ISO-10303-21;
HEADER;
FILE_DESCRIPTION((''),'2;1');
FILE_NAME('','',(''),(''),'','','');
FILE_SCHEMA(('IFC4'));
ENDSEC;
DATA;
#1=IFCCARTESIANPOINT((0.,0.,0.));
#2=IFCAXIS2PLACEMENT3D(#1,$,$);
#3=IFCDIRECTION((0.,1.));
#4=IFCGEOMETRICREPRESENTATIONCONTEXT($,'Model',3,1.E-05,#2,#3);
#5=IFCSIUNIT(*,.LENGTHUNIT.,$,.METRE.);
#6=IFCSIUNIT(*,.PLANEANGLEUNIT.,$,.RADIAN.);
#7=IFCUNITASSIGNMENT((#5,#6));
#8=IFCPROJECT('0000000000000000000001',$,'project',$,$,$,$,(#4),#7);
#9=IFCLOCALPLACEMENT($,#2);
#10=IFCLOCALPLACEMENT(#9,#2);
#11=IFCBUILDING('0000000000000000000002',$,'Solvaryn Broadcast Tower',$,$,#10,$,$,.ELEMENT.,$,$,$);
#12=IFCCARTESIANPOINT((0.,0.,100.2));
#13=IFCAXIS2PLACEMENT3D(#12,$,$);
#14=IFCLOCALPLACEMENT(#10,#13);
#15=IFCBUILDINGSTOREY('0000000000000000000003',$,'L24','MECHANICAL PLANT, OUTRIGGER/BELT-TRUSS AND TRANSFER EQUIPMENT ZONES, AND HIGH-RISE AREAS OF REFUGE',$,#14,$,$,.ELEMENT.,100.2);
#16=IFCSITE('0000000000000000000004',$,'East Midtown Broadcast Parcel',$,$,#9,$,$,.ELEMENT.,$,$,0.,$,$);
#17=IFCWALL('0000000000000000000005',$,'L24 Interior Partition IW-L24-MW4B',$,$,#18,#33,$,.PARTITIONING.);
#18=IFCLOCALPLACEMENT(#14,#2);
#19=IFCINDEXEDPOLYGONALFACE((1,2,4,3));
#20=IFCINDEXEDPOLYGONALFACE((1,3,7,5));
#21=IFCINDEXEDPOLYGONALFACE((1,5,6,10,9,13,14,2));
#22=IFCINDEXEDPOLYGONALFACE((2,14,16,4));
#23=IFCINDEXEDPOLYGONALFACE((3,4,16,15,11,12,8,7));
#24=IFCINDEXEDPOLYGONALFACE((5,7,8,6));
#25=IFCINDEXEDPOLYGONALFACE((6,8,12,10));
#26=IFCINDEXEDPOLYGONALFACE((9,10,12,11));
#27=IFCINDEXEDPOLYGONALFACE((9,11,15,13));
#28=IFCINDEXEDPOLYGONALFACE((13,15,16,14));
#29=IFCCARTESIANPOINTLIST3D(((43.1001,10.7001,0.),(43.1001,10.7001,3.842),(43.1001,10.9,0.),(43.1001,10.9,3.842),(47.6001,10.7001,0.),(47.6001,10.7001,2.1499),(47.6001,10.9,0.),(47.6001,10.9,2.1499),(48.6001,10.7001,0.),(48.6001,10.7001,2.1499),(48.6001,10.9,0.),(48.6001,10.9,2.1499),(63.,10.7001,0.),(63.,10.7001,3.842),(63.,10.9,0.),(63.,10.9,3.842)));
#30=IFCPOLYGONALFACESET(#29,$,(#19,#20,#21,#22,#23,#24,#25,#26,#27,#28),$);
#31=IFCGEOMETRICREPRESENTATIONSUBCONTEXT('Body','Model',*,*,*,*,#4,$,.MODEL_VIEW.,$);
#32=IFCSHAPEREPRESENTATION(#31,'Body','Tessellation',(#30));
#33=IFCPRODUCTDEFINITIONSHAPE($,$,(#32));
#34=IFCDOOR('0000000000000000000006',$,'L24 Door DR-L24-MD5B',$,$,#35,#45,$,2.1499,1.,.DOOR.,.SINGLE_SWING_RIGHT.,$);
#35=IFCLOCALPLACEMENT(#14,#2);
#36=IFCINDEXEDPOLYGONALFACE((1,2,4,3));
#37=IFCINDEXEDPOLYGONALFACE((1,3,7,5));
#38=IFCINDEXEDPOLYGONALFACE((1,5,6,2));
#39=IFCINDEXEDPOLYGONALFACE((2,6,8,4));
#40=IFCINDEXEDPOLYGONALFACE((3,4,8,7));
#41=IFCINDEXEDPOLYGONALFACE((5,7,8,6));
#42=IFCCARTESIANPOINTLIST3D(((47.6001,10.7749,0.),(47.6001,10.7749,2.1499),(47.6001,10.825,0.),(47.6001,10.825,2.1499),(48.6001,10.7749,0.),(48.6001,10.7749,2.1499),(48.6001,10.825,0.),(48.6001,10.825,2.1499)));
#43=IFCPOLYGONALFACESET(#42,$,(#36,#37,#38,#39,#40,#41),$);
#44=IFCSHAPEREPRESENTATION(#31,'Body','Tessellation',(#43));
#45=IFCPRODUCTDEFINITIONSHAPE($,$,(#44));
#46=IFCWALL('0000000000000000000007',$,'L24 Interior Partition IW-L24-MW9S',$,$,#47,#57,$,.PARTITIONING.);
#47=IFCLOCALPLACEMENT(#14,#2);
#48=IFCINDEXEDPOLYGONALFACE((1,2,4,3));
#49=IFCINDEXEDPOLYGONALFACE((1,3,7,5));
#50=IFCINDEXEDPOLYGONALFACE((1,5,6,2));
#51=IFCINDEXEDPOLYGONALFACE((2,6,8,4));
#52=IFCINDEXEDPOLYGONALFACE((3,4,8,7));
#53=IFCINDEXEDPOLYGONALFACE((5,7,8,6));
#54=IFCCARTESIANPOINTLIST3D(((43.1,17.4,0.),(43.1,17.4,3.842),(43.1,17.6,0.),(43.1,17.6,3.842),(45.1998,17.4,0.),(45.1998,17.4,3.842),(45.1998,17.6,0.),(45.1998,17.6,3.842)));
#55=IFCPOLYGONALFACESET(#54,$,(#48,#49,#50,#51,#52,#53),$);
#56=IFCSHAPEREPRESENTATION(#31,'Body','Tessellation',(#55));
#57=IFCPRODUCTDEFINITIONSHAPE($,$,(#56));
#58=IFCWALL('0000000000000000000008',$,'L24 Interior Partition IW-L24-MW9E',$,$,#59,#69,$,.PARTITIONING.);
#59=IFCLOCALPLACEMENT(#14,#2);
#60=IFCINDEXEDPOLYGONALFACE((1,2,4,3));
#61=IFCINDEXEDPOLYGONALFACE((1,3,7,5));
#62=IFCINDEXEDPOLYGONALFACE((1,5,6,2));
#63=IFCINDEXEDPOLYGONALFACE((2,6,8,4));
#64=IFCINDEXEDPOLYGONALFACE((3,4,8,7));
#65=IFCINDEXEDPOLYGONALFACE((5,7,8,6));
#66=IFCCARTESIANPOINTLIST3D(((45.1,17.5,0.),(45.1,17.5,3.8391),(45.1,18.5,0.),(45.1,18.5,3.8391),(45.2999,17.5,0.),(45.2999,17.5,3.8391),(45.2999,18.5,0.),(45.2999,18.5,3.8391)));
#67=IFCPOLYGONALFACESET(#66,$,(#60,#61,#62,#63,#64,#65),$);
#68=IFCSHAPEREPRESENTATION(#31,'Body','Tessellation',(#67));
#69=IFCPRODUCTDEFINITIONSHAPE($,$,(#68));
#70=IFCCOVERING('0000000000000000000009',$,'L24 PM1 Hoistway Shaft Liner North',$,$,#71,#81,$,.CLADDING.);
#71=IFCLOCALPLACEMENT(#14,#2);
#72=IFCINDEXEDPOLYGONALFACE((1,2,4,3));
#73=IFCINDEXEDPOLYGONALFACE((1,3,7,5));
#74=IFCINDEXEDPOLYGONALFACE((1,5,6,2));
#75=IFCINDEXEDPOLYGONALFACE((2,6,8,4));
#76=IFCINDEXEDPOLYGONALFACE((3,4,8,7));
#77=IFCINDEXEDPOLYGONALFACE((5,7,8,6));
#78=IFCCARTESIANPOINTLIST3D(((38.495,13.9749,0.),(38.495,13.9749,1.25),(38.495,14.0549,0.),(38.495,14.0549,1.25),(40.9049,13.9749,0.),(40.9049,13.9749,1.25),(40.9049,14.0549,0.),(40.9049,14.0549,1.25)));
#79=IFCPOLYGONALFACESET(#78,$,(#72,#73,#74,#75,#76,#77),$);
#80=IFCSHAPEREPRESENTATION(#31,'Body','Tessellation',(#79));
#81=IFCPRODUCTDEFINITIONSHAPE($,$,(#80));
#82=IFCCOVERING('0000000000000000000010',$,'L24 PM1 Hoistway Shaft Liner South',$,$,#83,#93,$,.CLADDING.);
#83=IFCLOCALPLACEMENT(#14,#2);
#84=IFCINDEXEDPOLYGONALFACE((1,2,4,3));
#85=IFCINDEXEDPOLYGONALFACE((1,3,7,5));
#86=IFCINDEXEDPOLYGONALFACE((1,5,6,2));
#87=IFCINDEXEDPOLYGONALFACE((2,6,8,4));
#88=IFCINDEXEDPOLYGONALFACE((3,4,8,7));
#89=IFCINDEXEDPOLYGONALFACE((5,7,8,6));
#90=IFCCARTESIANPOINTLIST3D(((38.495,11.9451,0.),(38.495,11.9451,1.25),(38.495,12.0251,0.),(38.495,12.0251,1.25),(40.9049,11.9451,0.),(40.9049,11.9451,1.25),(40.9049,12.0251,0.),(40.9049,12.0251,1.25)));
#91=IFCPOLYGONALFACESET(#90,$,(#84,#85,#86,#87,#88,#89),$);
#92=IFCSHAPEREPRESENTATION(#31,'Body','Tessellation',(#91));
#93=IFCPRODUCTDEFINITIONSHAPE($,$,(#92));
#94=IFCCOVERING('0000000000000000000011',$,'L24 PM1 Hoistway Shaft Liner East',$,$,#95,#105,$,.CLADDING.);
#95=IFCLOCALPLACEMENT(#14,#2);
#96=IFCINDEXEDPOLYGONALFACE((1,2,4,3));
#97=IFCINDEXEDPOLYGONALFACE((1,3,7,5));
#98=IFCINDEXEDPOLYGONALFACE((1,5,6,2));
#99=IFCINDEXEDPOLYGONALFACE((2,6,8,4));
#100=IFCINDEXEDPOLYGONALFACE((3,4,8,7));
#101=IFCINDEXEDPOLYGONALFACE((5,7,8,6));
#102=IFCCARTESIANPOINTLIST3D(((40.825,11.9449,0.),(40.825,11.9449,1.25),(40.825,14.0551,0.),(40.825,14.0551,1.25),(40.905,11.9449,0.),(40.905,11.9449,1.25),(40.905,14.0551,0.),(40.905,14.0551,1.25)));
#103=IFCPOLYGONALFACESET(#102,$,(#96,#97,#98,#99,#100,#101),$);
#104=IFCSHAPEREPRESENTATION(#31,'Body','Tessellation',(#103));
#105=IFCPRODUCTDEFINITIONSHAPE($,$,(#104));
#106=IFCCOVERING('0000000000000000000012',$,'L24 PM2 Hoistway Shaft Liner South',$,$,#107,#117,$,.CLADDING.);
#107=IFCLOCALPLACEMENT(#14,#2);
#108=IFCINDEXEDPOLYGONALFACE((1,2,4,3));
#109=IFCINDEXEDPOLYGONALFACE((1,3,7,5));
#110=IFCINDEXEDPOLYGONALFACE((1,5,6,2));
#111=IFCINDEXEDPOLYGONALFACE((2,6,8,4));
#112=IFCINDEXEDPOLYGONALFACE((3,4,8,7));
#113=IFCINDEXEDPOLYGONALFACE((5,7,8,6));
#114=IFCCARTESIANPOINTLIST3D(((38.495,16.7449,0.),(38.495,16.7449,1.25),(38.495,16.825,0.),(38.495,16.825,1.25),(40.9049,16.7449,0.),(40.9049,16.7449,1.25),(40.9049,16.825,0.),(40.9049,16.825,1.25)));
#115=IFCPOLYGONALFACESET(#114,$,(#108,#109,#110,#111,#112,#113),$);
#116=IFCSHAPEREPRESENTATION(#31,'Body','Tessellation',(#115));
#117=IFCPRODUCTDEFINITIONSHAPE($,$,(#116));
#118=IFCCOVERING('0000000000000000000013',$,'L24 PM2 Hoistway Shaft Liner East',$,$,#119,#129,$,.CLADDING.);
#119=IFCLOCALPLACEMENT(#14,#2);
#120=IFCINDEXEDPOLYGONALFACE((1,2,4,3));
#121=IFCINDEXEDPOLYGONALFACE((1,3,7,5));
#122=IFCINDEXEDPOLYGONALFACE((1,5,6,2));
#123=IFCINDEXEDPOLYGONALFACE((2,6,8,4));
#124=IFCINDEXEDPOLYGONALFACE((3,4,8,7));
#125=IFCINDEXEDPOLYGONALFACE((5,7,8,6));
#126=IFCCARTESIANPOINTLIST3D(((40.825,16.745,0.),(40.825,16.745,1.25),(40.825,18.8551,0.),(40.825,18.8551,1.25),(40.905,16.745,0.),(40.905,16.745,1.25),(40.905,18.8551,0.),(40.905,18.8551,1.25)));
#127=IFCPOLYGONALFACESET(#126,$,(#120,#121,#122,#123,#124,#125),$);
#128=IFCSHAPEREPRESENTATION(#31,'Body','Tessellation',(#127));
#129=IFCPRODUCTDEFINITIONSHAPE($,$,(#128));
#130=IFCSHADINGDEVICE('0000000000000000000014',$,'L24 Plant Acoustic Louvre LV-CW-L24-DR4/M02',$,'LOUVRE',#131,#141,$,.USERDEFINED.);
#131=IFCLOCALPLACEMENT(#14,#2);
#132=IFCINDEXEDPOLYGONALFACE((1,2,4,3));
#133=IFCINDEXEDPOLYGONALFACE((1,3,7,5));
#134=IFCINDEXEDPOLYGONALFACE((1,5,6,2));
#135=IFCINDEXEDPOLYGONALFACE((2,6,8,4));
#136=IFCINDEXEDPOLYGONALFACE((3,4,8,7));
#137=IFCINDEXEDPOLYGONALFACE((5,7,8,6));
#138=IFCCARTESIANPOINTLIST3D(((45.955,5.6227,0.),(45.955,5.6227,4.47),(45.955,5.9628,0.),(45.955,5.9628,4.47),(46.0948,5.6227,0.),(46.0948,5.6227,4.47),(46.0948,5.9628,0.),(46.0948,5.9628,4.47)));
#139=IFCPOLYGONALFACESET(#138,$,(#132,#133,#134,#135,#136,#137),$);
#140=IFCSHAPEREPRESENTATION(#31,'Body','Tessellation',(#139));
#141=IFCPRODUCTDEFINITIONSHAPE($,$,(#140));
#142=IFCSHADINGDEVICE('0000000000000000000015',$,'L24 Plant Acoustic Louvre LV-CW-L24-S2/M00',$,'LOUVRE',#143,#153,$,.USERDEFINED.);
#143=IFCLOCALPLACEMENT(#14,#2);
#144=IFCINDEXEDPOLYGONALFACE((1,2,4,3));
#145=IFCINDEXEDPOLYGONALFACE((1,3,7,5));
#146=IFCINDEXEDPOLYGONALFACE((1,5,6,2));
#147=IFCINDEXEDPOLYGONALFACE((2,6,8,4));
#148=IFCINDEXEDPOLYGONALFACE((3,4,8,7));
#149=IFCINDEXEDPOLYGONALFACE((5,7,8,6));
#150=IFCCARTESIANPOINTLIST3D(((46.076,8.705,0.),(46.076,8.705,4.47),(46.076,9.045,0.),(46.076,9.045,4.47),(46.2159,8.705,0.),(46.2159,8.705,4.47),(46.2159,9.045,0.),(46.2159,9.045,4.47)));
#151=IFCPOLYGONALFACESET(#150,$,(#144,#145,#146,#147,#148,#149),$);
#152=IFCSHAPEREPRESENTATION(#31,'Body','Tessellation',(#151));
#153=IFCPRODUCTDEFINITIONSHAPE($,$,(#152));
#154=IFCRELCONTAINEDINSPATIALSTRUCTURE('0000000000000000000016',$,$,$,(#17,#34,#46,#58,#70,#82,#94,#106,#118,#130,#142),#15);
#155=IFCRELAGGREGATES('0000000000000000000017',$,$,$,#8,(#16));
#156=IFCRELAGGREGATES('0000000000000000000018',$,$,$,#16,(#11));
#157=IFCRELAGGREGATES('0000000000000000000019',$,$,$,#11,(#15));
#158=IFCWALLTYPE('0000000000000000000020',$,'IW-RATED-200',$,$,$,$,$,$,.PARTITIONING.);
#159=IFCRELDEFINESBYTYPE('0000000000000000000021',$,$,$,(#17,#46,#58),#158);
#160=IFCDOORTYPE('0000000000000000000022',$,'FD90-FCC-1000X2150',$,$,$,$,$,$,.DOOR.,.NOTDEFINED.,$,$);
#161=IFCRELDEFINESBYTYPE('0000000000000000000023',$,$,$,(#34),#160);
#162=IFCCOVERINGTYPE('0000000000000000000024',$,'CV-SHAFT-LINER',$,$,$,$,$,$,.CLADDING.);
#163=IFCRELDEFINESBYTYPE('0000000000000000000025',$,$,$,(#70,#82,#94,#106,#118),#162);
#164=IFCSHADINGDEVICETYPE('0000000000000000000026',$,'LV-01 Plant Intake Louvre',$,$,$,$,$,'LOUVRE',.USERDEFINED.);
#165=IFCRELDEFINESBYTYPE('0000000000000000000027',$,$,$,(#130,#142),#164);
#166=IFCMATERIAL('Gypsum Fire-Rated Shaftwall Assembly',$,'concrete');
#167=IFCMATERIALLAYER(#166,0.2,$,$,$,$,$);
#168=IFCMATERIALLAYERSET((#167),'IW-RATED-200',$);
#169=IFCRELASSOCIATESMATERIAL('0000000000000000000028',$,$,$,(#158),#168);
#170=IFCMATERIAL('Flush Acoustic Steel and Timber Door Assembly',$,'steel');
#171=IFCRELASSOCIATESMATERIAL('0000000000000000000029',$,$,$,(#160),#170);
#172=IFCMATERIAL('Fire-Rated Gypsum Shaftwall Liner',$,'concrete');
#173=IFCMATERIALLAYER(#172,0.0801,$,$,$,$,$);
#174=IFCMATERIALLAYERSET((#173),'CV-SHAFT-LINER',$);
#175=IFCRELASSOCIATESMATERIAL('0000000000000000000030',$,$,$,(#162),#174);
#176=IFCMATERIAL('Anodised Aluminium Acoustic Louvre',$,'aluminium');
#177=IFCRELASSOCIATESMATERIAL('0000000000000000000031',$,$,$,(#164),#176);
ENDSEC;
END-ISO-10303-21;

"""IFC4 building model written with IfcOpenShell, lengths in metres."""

from ifc_helpers import new_model, si_unit, direction, frame, frame_2d, origin, origin_2d, place, context, subcontext, project, spatial, rectangle, extrude, material, layer, layer_set, type_object, element, fill, save


model = new_model("IFC4")

# Units and contexts
model_context = context("Model", 3, precision=1e-05, world=origin(), true_north=direction((0.0, 1.0)))
body_context = subcontext(model_context, "Body", "Model", "MODEL_VIEW")
ifc_project = project(units=[si_unit("LENGTHUNIT", "METRE"), si_unit("PLANEANGLEUNIT", "RADIAN")], contexts=[model_context])

# Site, building, storey
site_placement = place(None, origin())
site = spatial("IfcSite", under=ifc_project, at=site_placement, Name="East Midtown Broadcast Parcel", CompositionType="ELEMENT", RefElevation=0.0)
building_placement = place(site_placement, origin())
building = spatial("IfcBuilding", under=site, at=building_placement, Name="Solvaryn Broadcast Tower", CompositionType="ELEMENT")
storey_placement = place(building_placement, frame((0.0, 0.0, 100.2)))
storey = spatial("IfcBuildingStorey", under=building, at=storey_placement, Name="L24", Description="MECHANICAL PLANT, OUTRIGGER/BELT-TRUSS AND TRANSFER EQUIPMENT ZONES, AND HIGH-RISE AREAS OF REFUGE", CompositionType="ELEMENT", Elevation=100.2)

# Wall, opening, door
ifc_material_1 = material(Name="Gypsum Fire-Rated Shaftwall Assembly", Category="concrete")
ifc_layer_1 = layer(ifc_material_1, 0.2)
ifc_layer_set_1 = layer_set([ifc_layer_1], Name="IW-RATED-200")
wall_type_1 = type_object("IfcWallType", Name="IW-RATED-200", PredefinedType="PARTITIONING", material=ifc_layer_set_1)
wall_1_placement = place(storey_placement, frame((43.1001, 10.8, 0.0), z_axis=(0.0, 0.0, 1.0), x_axis=(1.0, 0.0, 0.0)))
wall_1 = element("IfcWall", 1, at=wall_1_placement, inside=storey, type_object=wall_type_1, Name="L24 Interior Partition IW-L24-MW4B", PredefinedType="PARTITIONING", context=body_context, shape_type="SweptSolid", body=[
    extrude(rectangle(XDim=19.8999, YDim=0.2, at=frame_2d((9.95, 0.0))), origin(), (0.0, 0.0, 1.0), 3.842),
])
opening_1_placement = place(wall_1_placement, frame((4.5, 0.0, 0.0)))
opening_1 = element("IfcOpeningElement", 2, at=opening_1_placement, cuts=wall_1, PredefinedType="OPENING", context=body_context, shape_type="SweptSolid", body=[
    extrude(rectangle(XDim=1.0, YDim=2.1499, at=frame_2d((0.5, 1.075))), frame((0.0, 0.1101, 0.0), z_axis=(0.0, -1.0, 0.0), x_axis=(1.0, 0.0, 0.0)), (0.0, 0.0, 1.0), 0.22),
])
ifc_material_2 = material(Name="Flush Acoustic Steel and Timber Door Assembly", Category="steel")
door_type_1 = type_object("IfcDoorType", Name="FD90-FCC-1000X2150", OperationType="NOTDEFINED", PredefinedType="DOOR", material=ifc_material_2)
door_1_placement = place(opening_1_placement, origin())
door_1 = element("IfcDoor", 3, at=door_1_placement, inside=storey, type_object=door_type_1, Name="L24 Door DR-L24-MD5B", OperationType="SINGLE_SWING_RIGHT", OverallHeight=2.1499, OverallWidth=1.0, PredefinedType="DOOR", context=body_context, shape_type="SweptSolid", body=[
    extrude(rectangle(XDim=1.0, YDim=2.1499, at=frame_2d((0.5, 1.075))), frame((0.0, 0.0249, 0.0), z_axis=(0.0, -1.0, 0.0), x_axis=(1.0, 0.0, 0.0)), (0.0, 0.0, 1.0), 0.05),
])
fill(opening_1, door_1)

# Walls
wall_2_placement = place(storey_placement, frame((43.1001, 17.5, 0.0), z_axis=(0.0, 0.0, 1.0), x_axis=(1.0, 0.0, 0.0)))
element("IfcWall", 4, at=wall_2_placement, inside=storey, type_object=wall_type_1, Name="L24 Interior Partition IW-L24-MW9S", PredefinedType="PARTITIONING", context=body_context, shape_type="SweptSolid", body=[
    extrude(rectangle(XDim=2.0999, YDim=0.2, at=frame_2d((1.0498, 0.0))), origin(), (0.0, 0.0, 1.0), 3.842),
])
wall_3_placement = place(storey_placement, frame((45.2, 17.5, 0.0), z_axis=(0.0, 0.0, 1.0), x_axis=(0.0, 1.0, 0.0)))
element("IfcWall", 5, at=wall_3_placement, inside=storey, type_object=wall_type_1, Name="L24 Interior Partition IW-L24-MW9E", PredefinedType="PARTITIONING", context=body_context, shape_type="SweptSolid", body=[
    extrude(rectangle(XDim=1.0, YDim=0.2, at=frame_2d((0.5, 0.0))), origin(), (0.0, 0.0, 1.0), 3.8391),
])

# Coverings
ifc_material_3 = material(Name="Fire-Rated Gypsum Shaftwall Liner", Category="concrete")
ifc_layer_2 = layer(ifc_material_3, 0.0801)
ifc_layer_set_2 = layer_set([ifc_layer_2], Name="CV-SHAFT-LINER")
covering_type = type_object("IfcCoveringType", Name="CV-SHAFT-LINER", PredefinedType="CLADDING", material=ifc_layer_set_2)
for number, where, z_axis, x_axis, name in (
    (6, (39.7, 14.0149, 0.0), (0.0, 0.0, 1.0), (1.0, 0.0, 0.0), "L24 PM1 Hoistway Shaft Liner North"),
    (7, (39.7, 11.9851, 0.0), (0.0, 0.0, 1.0), (1.0, 0.0, 0.0), "L24 PM1 Hoistway Shaft Liner South"),
):
    element("IfcCovering", number, at=place(storey_placement, frame(where, z_axis=z_axis, x_axis=x_axis)), inside=storey, type_object=covering_type, Name=name, PredefinedType="CLADDING", context=body_context, shape_type="SweptSolid", body=[
        extrude(rectangle(XDim=2.4099, YDim=0.0801, at=origin_2d()), origin(), (0.0, 0.0, 1.0), 1.25),
    ])
covering_1_placement = place(storey_placement, frame((40.865, 13.0, 0.0), z_axis=(0.0, 0.0, 1.0), x_axis=(1.0, 0.0, 0.0)))
element("IfcCovering", 8, at=covering_1_placement, inside=storey, type_object=covering_type, Name="L24 PM1 Hoistway Shaft Liner East", PredefinedType="CLADDING", context=body_context, shape_type="SweptSolid", body=[
    extrude(rectangle(XDim=0.0801, YDim=2.1101, at=origin_2d()), origin(), (0.0, 0.0, 1.0), 1.25),
])
covering_2_placement = place(storey_placement, frame((39.7, 16.7849, 0.0), z_axis=(0.0, 0.0, 1.0), x_axis=(1.0, 0.0, 0.0)))
element("IfcCovering", 9, at=covering_2_placement, inside=storey, type_object=covering_type, Name="L24 PM2 Hoistway Shaft Liner South", PredefinedType="CLADDING", context=body_context, shape_type="SweptSolid", body=[
    extrude(rectangle(XDim=2.4099, YDim=0.0801, at=origin_2d()), origin(), (0.0, 0.0, 1.0), 1.25),
])
covering_3_placement = place(storey_placement, frame((40.865, 17.8, 0.0), z_axis=(0.0, 0.0, 1.0), x_axis=(1.0, 0.0, 0.0)))
element("IfcCovering", 10, at=covering_3_placement, inside=storey, type_object=covering_type, Name="L24 PM2 Hoistway Shaft Liner East", PredefinedType="CLADDING", context=body_context, shape_type="SweptSolid", body=[
    extrude(rectangle(XDim=0.0801, YDim=2.1101, at=origin_2d()), origin(), (0.0, 0.0, 1.0), 1.25),
])

# Shading devices
ifc_material_4 = material(Name="Anodised Aluminium Acoustic Louvre", Category="aluminium")
shading_device_type = type_object("IfcShadingDeviceType", Name="LV-01 Plant Intake Louvre", ElementType="LOUVRE", PredefinedType="USERDEFINED", material=ifc_material_4)
for number, where, z_axis, x_axis, name in (
    (11, (46.0249, 5.7927, 0.0), (0.0, 0.0, 1.0), (1.0, 0.0, 0.0), "L24 Plant Acoustic Louvre LV-CW-L24-DR4/M02"),
    (12, (46.146, 8.875, 0.0), (0.0, 0.0, 1.0), (1.0, 0.0, 0.0), "L24 Plant Acoustic Louvre LV-CW-L24-S2/M00"),
):
    element("IfcShadingDevice", number, at=place(storey_placement, frame(where, z_axis=z_axis, x_axis=x_axis)), inside=storey, type_object=shading_device_type, Name=name, ObjectType="LOUVRE", PredefinedType="USERDEFINED", context=body_context, shape_type="SweptSolid", body=[
        extrude(rectangle(XDim=0.1399, YDim=0.3401, at=origin_2d()), origin(), (0.0, 0.0, 1.0), 4.47),
    ])

save(model, "model.ifc")
